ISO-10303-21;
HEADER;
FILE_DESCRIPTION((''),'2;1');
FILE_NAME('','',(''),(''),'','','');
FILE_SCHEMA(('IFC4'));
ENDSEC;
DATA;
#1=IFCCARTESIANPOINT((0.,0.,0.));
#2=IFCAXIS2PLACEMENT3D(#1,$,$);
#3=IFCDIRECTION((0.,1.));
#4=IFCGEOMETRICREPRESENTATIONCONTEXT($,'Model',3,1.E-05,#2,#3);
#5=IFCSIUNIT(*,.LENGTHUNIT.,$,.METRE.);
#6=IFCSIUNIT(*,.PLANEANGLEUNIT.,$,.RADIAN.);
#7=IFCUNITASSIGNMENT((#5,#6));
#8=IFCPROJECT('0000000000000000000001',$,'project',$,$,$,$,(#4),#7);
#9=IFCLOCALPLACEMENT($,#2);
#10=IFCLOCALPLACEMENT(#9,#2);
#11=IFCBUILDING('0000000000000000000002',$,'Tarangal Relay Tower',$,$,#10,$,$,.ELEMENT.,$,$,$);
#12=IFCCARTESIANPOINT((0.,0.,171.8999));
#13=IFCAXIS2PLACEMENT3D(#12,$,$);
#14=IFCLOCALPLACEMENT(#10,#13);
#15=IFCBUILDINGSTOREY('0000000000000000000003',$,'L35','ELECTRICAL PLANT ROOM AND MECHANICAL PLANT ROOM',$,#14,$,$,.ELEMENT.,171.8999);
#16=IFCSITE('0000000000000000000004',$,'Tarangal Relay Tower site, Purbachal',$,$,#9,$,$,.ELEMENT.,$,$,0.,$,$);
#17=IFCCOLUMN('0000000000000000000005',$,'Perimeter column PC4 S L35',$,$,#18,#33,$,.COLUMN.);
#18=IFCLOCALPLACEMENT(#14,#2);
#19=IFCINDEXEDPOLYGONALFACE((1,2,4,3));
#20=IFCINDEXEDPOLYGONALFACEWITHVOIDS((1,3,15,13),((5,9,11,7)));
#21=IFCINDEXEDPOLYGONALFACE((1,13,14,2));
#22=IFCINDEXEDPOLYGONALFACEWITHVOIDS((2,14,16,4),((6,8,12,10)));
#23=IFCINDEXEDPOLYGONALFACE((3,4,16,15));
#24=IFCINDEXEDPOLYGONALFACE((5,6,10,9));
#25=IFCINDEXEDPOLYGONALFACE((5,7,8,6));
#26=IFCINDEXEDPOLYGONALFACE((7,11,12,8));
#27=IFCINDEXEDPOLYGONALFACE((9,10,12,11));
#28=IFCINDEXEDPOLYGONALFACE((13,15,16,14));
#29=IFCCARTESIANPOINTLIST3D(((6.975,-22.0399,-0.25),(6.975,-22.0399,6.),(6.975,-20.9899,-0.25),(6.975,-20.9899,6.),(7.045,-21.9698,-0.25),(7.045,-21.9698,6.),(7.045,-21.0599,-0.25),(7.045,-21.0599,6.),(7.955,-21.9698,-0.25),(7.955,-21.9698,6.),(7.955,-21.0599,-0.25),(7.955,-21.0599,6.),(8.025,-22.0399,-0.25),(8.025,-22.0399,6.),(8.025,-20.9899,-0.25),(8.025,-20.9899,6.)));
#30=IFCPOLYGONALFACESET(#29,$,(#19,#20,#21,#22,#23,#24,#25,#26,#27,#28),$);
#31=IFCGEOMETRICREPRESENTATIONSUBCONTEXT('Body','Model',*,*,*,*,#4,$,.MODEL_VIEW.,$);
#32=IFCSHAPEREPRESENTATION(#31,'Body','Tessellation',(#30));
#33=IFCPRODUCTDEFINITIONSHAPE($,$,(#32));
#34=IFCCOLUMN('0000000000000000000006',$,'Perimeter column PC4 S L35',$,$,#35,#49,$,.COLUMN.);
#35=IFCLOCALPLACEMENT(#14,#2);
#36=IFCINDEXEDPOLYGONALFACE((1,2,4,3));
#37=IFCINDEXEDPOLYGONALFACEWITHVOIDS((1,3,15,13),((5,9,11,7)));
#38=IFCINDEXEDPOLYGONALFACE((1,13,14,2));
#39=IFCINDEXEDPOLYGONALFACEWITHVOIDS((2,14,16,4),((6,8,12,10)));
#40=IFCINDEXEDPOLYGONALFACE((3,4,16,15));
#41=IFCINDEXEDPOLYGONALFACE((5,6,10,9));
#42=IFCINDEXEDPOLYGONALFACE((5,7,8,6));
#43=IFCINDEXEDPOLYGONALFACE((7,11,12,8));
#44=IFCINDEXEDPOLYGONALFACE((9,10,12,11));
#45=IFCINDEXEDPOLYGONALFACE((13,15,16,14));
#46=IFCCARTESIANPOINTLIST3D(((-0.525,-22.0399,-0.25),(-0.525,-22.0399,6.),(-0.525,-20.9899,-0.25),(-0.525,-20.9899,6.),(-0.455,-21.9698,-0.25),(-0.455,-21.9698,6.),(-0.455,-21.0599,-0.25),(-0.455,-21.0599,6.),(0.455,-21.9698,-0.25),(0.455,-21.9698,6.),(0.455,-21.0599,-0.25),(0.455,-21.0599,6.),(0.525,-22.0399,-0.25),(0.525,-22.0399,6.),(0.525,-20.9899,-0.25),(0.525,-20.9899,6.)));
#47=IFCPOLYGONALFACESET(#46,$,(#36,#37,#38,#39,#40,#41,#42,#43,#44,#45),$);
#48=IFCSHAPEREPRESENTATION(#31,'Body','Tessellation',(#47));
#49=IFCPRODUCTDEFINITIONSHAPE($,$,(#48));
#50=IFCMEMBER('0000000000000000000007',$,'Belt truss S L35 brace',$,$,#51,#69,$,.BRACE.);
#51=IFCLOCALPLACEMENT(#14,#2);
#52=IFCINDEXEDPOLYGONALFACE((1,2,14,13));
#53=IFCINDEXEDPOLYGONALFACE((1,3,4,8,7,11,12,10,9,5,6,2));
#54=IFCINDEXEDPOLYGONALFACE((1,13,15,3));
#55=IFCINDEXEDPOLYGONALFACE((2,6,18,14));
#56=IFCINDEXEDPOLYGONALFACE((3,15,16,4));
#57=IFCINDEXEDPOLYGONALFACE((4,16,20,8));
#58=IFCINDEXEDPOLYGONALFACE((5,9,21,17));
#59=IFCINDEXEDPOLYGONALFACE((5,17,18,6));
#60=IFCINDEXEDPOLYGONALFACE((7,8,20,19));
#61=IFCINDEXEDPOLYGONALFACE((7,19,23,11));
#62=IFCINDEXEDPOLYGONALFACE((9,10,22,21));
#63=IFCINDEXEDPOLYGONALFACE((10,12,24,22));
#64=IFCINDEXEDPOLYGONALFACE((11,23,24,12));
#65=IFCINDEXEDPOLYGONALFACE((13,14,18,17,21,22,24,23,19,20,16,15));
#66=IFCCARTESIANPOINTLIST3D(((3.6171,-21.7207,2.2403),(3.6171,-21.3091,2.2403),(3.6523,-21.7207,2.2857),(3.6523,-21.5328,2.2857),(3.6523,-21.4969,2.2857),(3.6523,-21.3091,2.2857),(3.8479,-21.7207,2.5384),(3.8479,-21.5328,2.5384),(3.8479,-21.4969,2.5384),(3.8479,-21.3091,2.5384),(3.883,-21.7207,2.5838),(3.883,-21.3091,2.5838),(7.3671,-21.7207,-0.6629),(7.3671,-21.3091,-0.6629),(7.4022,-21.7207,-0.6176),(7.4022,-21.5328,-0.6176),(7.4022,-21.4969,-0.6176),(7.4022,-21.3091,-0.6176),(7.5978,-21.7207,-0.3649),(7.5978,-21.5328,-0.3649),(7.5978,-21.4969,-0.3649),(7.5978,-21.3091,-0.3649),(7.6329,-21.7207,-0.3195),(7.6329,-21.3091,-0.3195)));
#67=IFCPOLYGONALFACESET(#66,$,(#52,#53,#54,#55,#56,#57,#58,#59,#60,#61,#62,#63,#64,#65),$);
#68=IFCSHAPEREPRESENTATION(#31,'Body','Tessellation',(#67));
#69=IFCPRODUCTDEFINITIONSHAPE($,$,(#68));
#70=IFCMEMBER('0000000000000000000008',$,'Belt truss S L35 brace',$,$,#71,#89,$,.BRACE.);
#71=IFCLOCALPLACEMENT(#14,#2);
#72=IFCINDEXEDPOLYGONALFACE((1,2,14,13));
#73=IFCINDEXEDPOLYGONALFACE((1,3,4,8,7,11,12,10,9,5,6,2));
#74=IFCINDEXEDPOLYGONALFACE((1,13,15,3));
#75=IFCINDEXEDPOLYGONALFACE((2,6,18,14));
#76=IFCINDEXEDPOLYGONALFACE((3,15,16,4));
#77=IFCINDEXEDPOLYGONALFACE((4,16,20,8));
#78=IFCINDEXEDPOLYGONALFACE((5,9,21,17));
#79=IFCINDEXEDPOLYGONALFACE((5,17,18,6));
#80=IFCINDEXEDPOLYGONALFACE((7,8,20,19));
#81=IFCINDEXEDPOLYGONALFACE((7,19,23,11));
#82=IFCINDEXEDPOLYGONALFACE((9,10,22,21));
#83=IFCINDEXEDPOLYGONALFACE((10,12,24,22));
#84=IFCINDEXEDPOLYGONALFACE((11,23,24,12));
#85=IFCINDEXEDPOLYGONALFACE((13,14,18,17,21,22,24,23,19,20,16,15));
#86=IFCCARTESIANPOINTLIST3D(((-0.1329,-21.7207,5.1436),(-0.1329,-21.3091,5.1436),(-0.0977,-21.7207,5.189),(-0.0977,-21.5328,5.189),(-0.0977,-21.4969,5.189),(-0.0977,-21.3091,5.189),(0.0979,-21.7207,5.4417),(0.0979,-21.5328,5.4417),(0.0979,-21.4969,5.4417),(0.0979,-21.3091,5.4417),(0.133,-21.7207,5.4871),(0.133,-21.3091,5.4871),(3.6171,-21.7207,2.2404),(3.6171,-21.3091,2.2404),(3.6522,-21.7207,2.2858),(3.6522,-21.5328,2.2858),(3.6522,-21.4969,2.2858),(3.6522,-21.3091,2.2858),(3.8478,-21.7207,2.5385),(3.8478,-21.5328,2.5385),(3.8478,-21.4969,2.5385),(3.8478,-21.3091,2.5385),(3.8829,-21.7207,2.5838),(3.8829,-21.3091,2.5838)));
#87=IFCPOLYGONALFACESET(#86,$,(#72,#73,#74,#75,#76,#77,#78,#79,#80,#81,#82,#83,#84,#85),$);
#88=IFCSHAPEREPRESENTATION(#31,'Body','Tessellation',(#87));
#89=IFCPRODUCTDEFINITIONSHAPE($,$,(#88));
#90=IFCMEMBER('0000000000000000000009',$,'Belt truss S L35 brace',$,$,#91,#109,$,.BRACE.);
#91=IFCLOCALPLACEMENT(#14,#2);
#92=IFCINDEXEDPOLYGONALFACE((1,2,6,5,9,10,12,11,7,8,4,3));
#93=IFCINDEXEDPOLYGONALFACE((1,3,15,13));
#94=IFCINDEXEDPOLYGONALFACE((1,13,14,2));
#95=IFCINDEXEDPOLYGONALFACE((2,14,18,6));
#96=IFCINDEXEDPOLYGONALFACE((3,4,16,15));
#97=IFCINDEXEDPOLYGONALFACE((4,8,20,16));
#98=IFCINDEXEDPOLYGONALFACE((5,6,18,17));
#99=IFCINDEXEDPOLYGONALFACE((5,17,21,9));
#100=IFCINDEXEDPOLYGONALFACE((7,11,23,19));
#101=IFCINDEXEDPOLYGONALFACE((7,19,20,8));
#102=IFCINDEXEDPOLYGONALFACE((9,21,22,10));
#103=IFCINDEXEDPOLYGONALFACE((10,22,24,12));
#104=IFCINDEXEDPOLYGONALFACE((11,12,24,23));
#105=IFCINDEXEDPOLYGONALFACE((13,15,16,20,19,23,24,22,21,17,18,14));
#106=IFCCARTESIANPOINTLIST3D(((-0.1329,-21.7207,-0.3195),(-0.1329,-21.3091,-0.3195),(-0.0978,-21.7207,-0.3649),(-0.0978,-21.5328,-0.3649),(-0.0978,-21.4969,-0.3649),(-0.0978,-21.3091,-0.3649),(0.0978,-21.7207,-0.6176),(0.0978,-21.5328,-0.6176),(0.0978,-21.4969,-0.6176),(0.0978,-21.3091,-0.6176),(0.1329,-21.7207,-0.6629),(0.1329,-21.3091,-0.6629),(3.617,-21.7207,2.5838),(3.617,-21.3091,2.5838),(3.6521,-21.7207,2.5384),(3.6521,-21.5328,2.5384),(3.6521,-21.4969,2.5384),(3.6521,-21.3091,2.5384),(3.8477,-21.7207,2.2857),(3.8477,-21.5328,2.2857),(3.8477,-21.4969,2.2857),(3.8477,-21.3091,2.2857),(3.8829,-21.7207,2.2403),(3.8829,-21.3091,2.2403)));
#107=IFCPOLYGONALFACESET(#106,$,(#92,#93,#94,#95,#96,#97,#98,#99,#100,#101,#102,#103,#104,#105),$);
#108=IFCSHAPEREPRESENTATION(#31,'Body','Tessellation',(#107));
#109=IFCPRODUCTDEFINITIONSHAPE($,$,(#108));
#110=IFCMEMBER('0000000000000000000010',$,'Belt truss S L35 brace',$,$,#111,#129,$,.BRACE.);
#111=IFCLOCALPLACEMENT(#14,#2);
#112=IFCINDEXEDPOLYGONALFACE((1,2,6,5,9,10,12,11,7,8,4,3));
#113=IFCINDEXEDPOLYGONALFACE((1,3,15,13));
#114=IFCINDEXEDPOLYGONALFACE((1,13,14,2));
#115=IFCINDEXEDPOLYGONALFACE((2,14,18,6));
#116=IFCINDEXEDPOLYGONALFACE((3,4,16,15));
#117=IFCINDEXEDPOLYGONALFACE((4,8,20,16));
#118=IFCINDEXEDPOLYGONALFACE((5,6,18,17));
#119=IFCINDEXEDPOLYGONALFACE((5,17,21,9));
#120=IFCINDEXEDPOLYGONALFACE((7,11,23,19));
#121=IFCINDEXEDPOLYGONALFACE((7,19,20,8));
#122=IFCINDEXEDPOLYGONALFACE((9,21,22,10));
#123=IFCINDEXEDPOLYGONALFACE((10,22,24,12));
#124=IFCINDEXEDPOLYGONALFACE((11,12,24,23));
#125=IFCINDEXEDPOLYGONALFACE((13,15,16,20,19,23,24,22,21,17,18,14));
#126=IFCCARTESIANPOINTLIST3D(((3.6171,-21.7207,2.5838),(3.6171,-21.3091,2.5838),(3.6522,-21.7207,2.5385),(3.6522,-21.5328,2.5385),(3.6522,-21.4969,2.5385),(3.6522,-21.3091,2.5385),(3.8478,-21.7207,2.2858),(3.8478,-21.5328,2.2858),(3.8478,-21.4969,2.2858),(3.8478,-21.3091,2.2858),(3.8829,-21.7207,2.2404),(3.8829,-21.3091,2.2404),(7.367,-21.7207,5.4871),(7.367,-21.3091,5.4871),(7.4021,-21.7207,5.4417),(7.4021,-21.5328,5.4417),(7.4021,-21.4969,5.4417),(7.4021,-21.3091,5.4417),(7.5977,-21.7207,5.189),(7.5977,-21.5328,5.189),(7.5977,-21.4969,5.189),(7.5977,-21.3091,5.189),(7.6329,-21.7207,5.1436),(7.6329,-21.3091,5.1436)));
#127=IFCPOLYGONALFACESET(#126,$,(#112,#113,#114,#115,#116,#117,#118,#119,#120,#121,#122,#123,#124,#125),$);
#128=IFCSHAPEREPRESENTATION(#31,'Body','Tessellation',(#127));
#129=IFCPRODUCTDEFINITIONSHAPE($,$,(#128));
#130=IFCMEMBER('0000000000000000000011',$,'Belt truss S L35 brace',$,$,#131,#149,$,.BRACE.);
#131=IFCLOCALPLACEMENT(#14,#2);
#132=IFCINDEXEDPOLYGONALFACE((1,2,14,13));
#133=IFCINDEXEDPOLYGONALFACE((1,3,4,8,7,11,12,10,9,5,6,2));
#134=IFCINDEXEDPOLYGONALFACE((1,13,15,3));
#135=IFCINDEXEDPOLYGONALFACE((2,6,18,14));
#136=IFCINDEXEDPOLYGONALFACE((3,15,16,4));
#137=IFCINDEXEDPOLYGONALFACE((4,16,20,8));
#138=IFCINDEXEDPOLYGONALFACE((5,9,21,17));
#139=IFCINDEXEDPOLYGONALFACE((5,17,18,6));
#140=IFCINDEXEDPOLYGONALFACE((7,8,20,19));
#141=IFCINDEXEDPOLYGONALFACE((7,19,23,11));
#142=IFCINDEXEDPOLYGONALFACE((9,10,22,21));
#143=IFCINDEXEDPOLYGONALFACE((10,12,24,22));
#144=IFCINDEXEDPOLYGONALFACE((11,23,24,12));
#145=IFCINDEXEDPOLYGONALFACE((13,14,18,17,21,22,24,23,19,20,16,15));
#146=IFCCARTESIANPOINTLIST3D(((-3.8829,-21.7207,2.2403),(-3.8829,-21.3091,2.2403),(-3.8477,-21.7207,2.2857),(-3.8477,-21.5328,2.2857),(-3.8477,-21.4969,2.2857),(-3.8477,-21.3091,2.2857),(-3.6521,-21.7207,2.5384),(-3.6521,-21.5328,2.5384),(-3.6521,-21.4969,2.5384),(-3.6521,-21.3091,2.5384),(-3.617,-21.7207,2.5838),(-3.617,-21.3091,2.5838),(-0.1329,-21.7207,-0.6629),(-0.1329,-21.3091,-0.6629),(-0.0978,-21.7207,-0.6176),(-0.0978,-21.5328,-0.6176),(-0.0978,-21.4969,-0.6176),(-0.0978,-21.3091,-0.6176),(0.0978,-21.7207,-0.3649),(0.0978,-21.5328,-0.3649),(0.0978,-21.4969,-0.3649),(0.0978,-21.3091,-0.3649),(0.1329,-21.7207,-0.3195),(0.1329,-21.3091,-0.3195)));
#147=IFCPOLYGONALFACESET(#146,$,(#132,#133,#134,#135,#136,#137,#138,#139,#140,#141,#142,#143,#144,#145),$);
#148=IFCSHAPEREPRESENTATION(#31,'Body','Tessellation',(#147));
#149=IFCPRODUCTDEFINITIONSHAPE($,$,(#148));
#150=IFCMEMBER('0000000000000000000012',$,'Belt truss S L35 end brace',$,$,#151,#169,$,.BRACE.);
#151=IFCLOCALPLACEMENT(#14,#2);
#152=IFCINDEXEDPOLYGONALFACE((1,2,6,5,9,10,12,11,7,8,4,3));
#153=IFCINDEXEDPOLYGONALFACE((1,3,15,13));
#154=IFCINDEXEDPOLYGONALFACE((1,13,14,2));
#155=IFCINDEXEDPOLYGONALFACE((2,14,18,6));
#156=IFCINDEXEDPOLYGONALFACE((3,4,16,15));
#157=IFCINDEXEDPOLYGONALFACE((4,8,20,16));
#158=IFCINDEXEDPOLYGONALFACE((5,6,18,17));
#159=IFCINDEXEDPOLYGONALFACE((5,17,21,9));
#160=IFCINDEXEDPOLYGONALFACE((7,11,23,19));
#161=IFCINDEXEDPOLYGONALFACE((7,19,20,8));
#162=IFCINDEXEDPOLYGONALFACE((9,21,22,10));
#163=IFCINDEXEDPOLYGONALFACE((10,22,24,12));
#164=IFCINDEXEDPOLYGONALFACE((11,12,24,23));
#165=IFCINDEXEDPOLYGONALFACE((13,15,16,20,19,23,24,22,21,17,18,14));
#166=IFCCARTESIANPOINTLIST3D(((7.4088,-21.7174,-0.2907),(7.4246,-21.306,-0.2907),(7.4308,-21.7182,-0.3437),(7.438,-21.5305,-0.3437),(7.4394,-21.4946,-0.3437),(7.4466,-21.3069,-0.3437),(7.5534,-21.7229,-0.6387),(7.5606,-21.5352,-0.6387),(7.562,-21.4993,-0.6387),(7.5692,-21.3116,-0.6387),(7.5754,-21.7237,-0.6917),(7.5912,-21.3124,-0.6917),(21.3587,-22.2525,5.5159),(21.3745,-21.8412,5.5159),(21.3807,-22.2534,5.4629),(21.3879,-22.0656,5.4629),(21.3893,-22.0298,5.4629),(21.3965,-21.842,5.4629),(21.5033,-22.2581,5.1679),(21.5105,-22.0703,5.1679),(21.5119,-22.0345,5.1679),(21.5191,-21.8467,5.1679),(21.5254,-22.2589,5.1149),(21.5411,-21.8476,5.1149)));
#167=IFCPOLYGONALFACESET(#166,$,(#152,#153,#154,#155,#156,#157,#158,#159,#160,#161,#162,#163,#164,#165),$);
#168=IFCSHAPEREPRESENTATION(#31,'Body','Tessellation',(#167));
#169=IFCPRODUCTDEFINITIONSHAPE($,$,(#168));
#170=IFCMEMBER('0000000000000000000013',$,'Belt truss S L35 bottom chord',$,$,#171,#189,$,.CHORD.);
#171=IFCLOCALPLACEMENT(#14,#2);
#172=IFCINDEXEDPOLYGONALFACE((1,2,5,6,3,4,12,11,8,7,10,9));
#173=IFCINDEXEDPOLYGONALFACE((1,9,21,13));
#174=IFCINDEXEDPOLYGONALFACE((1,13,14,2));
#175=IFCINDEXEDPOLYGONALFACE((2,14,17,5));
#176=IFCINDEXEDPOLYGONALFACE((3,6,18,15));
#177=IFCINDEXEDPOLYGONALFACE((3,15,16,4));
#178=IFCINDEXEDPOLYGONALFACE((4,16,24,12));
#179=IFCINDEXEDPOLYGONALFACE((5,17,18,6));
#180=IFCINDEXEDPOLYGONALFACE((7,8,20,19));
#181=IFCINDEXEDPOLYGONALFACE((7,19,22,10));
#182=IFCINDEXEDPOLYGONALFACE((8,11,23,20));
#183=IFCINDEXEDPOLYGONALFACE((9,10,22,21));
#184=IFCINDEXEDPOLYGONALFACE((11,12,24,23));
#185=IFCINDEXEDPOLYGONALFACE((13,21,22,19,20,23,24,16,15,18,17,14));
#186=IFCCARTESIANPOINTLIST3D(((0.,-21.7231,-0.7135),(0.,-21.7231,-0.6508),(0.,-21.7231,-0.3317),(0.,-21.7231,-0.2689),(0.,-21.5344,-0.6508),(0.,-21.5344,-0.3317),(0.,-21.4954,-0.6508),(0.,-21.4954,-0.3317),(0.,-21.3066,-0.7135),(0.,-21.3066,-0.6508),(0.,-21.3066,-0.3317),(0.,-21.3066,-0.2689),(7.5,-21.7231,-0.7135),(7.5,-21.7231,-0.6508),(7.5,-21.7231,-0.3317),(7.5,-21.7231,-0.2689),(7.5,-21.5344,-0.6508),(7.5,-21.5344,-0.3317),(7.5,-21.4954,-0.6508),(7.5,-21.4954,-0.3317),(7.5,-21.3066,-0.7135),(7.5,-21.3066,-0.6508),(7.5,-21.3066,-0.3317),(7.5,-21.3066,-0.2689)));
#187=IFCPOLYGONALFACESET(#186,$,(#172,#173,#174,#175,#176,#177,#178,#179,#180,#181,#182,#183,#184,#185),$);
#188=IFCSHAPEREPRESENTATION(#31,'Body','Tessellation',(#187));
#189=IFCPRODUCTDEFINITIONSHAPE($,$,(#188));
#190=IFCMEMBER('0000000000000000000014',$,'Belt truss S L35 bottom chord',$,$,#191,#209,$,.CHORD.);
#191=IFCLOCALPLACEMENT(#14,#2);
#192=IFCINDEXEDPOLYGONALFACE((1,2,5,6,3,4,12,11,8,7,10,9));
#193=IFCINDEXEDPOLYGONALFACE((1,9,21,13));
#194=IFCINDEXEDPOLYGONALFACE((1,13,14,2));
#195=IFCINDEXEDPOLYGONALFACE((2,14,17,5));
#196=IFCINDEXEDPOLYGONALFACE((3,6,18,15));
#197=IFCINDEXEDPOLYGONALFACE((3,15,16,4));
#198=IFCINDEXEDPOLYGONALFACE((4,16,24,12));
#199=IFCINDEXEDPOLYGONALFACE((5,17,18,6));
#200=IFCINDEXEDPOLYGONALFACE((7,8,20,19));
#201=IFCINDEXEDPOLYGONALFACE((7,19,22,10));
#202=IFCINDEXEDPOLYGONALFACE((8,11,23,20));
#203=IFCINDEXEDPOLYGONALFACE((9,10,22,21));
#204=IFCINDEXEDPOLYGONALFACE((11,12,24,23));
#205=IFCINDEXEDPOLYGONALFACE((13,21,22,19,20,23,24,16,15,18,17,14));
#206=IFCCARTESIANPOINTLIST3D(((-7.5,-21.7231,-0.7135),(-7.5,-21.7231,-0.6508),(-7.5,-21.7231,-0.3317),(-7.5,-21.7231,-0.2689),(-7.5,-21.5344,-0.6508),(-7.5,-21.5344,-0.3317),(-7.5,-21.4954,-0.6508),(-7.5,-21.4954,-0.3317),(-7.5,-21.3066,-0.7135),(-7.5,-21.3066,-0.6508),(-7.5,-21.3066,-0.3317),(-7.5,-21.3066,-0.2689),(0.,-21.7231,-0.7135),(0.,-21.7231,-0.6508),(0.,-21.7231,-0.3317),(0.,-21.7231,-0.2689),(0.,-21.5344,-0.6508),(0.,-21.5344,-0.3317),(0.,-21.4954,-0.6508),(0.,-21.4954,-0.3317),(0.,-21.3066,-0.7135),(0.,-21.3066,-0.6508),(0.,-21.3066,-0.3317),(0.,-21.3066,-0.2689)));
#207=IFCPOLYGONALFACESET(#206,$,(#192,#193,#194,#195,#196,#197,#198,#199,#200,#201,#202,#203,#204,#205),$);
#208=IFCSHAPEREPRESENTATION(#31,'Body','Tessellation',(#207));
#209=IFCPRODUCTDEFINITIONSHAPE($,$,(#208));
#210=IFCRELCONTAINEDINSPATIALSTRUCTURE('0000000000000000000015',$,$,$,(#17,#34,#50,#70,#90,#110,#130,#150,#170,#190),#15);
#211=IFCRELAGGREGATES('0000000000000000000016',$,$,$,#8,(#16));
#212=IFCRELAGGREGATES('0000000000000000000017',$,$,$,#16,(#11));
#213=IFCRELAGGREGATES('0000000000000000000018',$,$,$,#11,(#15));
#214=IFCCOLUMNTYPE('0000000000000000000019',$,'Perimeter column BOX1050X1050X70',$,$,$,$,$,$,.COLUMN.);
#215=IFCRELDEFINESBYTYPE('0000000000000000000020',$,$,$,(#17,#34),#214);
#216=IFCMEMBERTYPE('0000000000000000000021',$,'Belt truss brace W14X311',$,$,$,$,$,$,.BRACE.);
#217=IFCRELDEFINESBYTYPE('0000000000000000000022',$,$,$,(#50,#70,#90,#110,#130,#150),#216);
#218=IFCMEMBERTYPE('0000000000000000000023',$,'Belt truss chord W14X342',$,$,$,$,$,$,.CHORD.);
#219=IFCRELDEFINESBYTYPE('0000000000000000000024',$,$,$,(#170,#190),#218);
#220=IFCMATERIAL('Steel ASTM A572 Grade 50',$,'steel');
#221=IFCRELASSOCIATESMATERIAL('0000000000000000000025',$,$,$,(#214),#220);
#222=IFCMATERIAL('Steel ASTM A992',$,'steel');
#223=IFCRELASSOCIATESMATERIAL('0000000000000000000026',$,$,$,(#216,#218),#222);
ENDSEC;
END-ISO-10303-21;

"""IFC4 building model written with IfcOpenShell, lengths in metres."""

from ifc_helpers import new_model, si_unit, direction, frame, origin, origin_2d, place, context, subcontext, project, spatial, hollow_rectangle, i_section, extrude, material, material_profile, profile_set, type_object, element, save


model = new_model("IFC4")

# Units and contexts
model_context = context("Model", 3, precision=1e-05, world=origin(), true_north=direction((0.0, 1.0)))
body_context = subcontext(model_context, "Body", "Model", "MODEL_VIEW")
ifc_project = project(units=[si_unit("LENGTHUNIT", "METRE"), si_unit("PLANEANGLEUNIT", "RADIAN")], contexts=[model_context])

# Site, building, storey
site_placement = place(None, origin())
site = spatial("IfcSite", under=ifc_project, at=site_placement, Name="Tarangal Relay Tower site, Purbachal", CompositionType="ELEMENT", RefElevation=0.0)
building_placement = place(site_placement, origin())
building = spatial("IfcBuilding", under=site, at=building_placement, Name="Tarangal Relay Tower", CompositionType="ELEMENT")
storey_placement = place(building_placement, frame((0.0, 0.0, 171.8999)))
storey = spatial("IfcBuildingStorey", under=building, at=storey_placement, Name="L35", Description="ELECTRICAL PLANT ROOM AND MECHANICAL PLANT ROOM", CompositionType="ELEMENT", Elevation=171.8999)

# Columns
ifc_material_1 = material(Name="Steel ASTM A572 Grade 50", Category="steel")
ifc_material_profile_1 = material_profile(ifc_material_1, hollow_rectangle(XDim=1.05, YDim=1.05, WallThickness=0.0701, at=origin_2d()), Name="BOX1050X1050X70")
ifc_profile_set_1 = profile_set([ifc_material_profile_1], Name="Steel ASTM A572 Grade 50")
column_type = type_object("IfcColumnType", Name="Perimeter column BOX1050X1050X70", PredefinedType="COLUMN", material=ifc_profile_set_1)
for number, where, z_axis, x_axis, name in (
    (1, (7.5, -21.5149, -0.25), (0.0, 0.0, 1.0), (1.0, 0.0, 0.0), "Perimeter column PC4 S L35"),
    (2, (0.0, -21.5149, -0.25), (0.0, 0.0, 1.0), (1.0, 0.0, 0.0), "Perimeter column PC4 S L35"),
):
    element("IfcColumn", number, at=place(storey_placement, frame(where, z_axis=z_axis, x_axis=x_axis)), inside=storey, type_object=column_type, Name=name, PredefinedType="COLUMN", context=body_context, shape_type="SweptSolid", body=[
        extrude(hollow_rectangle(XDim=1.05, YDim=1.05, WallThickness=0.0701, at=origin_2d()), origin(), (0.0, 0.0, 1.0), 6.25),
    ])

# Members
ifc_material_2 = material(Name="Steel ASTM A992", Category="steel")
ifc_material_profile_2 = material_profile(ifc_material_2, i_section(OverallWidth=0.4116, OverallDepth=0.4343, WebThickness=0.0359, FlangeThickness=0.0574, at=origin_2d()), Name="W14X311")
ifc_profile_set_2 = profile_set([ifc_material_profile_2], Name="Steel ASTM A992")
member_type_1 = type_object("IfcMemberType", Name="Belt truss brace W14X311", PredefinedType="BRACE", material=ifc_profile_set_2)
for number, where, z_axis, x_axis, name in (
    (3, (7.5, -21.5149, -0.4912), (-0.790714, 0.0, 0.612186), (0.0, -1.0, 0.0), "Belt truss S L35 brace"),
    (4, (3.75, -21.5149, 2.4121), (-0.790714, 0.0, 0.612186), (0.0, -1.0, 0.0), "Belt truss S L35 brace"),
    (5, (0.0, -21.5149, -0.4912), (0.790714, 0.0, 0.612186), (0.0, 1.0, 0.0), "Belt truss S L35 brace"),
    (6, (3.75, -21.5149, 2.4121), (0.790714, 0.0, 0.612186), (0.0, 1.0, 0.0), "Belt truss S L35 brace"),
    (7, (0.0, -21.5149, -0.4912), (-0.790714, 0.0, 0.612186), (0.0, -1.0, 0.0), "Belt truss S L35 brace"),
):
    element("IfcMember", number, at=place(storey_placement, frame(where, z_axis=z_axis, x_axis=x_axis)), inside=storey, type_object=member_type_1, Name=name, PredefinedType="BRACE", context=body_context, shape_type="SweptSolid", body=[
        extrude(i_section(OverallWidth=0.4116, OverallDepth=0.4343, WebThickness=0.0359, FlangeThickness=0.0574, at=origin_2d()), origin(), (0.0, 0.0, 1.0), 4.7424),
    ])
member_1_placement = place(storey_placement, frame((7.5, -21.5149, -0.4912), z_axis=(0.922636, -0.035395, 0.384045), x_axis=(0.038334, 0.999265, 0.0)))
element("IfcMember", 8, at=member_1_placement, inside=storey, type_object=member_type_1, Name="Belt truss S L35 end brace", PredefinedType="BRACE", context=body_context, shape_type="SweptSolid", body=[
    extrude(i_section(OverallWidth=0.4116, OverallDepth=0.4343, WebThickness=0.0359, FlangeThickness=0.0574, at=origin_2d()), origin(), (0.0, 0.0, 1.0), 15.1196),
])
ifc_material_profile_3 = material_profile(ifc_material_2, i_section(OverallWidth=0.4165, OverallDepth=0.4446, WebThickness=0.0391, FlangeThickness=0.0627, at=origin_2d()), Name="W14X342")
ifc_profile_set_3 = profile_set([ifc_material_profile_3], Name="Steel ASTM A992")
member_type_2 = type_object("IfcMemberType", Name="Belt truss chord W14X342", PredefinedType="CHORD", material=ifc_profile_set_3)
for number, where, z_axis, x_axis, name in (
    (9, (7.5, -21.5149, -0.4912), (-1.0, 0.0, 0.0), (0.0, -1.0, 0.0), "Belt truss S L35 bottom chord"),
    (10, (0.0, -21.5149, -0.4912), (-1.0, 0.0, 0.0), (0.0, -1.0, 0.0), "Belt truss S L35 bottom chord"),
):
    element("IfcMember", number, at=place(storey_placement, frame(where, z_axis=z_axis, x_axis=x_axis)), inside=storey, type_object=member_type_2, Name=name, PredefinedType="CHORD", context=body_context, shape_type="SweptSolid", body=[
        extrude(i_section(OverallWidth=0.4165, OverallDepth=0.4446, WebThickness=0.0391, FlangeThickness=0.0627, at=origin_2d()), origin(), (0.0, 0.0, 1.0), 7.5),
    ])

save(model, "model.ifc")
